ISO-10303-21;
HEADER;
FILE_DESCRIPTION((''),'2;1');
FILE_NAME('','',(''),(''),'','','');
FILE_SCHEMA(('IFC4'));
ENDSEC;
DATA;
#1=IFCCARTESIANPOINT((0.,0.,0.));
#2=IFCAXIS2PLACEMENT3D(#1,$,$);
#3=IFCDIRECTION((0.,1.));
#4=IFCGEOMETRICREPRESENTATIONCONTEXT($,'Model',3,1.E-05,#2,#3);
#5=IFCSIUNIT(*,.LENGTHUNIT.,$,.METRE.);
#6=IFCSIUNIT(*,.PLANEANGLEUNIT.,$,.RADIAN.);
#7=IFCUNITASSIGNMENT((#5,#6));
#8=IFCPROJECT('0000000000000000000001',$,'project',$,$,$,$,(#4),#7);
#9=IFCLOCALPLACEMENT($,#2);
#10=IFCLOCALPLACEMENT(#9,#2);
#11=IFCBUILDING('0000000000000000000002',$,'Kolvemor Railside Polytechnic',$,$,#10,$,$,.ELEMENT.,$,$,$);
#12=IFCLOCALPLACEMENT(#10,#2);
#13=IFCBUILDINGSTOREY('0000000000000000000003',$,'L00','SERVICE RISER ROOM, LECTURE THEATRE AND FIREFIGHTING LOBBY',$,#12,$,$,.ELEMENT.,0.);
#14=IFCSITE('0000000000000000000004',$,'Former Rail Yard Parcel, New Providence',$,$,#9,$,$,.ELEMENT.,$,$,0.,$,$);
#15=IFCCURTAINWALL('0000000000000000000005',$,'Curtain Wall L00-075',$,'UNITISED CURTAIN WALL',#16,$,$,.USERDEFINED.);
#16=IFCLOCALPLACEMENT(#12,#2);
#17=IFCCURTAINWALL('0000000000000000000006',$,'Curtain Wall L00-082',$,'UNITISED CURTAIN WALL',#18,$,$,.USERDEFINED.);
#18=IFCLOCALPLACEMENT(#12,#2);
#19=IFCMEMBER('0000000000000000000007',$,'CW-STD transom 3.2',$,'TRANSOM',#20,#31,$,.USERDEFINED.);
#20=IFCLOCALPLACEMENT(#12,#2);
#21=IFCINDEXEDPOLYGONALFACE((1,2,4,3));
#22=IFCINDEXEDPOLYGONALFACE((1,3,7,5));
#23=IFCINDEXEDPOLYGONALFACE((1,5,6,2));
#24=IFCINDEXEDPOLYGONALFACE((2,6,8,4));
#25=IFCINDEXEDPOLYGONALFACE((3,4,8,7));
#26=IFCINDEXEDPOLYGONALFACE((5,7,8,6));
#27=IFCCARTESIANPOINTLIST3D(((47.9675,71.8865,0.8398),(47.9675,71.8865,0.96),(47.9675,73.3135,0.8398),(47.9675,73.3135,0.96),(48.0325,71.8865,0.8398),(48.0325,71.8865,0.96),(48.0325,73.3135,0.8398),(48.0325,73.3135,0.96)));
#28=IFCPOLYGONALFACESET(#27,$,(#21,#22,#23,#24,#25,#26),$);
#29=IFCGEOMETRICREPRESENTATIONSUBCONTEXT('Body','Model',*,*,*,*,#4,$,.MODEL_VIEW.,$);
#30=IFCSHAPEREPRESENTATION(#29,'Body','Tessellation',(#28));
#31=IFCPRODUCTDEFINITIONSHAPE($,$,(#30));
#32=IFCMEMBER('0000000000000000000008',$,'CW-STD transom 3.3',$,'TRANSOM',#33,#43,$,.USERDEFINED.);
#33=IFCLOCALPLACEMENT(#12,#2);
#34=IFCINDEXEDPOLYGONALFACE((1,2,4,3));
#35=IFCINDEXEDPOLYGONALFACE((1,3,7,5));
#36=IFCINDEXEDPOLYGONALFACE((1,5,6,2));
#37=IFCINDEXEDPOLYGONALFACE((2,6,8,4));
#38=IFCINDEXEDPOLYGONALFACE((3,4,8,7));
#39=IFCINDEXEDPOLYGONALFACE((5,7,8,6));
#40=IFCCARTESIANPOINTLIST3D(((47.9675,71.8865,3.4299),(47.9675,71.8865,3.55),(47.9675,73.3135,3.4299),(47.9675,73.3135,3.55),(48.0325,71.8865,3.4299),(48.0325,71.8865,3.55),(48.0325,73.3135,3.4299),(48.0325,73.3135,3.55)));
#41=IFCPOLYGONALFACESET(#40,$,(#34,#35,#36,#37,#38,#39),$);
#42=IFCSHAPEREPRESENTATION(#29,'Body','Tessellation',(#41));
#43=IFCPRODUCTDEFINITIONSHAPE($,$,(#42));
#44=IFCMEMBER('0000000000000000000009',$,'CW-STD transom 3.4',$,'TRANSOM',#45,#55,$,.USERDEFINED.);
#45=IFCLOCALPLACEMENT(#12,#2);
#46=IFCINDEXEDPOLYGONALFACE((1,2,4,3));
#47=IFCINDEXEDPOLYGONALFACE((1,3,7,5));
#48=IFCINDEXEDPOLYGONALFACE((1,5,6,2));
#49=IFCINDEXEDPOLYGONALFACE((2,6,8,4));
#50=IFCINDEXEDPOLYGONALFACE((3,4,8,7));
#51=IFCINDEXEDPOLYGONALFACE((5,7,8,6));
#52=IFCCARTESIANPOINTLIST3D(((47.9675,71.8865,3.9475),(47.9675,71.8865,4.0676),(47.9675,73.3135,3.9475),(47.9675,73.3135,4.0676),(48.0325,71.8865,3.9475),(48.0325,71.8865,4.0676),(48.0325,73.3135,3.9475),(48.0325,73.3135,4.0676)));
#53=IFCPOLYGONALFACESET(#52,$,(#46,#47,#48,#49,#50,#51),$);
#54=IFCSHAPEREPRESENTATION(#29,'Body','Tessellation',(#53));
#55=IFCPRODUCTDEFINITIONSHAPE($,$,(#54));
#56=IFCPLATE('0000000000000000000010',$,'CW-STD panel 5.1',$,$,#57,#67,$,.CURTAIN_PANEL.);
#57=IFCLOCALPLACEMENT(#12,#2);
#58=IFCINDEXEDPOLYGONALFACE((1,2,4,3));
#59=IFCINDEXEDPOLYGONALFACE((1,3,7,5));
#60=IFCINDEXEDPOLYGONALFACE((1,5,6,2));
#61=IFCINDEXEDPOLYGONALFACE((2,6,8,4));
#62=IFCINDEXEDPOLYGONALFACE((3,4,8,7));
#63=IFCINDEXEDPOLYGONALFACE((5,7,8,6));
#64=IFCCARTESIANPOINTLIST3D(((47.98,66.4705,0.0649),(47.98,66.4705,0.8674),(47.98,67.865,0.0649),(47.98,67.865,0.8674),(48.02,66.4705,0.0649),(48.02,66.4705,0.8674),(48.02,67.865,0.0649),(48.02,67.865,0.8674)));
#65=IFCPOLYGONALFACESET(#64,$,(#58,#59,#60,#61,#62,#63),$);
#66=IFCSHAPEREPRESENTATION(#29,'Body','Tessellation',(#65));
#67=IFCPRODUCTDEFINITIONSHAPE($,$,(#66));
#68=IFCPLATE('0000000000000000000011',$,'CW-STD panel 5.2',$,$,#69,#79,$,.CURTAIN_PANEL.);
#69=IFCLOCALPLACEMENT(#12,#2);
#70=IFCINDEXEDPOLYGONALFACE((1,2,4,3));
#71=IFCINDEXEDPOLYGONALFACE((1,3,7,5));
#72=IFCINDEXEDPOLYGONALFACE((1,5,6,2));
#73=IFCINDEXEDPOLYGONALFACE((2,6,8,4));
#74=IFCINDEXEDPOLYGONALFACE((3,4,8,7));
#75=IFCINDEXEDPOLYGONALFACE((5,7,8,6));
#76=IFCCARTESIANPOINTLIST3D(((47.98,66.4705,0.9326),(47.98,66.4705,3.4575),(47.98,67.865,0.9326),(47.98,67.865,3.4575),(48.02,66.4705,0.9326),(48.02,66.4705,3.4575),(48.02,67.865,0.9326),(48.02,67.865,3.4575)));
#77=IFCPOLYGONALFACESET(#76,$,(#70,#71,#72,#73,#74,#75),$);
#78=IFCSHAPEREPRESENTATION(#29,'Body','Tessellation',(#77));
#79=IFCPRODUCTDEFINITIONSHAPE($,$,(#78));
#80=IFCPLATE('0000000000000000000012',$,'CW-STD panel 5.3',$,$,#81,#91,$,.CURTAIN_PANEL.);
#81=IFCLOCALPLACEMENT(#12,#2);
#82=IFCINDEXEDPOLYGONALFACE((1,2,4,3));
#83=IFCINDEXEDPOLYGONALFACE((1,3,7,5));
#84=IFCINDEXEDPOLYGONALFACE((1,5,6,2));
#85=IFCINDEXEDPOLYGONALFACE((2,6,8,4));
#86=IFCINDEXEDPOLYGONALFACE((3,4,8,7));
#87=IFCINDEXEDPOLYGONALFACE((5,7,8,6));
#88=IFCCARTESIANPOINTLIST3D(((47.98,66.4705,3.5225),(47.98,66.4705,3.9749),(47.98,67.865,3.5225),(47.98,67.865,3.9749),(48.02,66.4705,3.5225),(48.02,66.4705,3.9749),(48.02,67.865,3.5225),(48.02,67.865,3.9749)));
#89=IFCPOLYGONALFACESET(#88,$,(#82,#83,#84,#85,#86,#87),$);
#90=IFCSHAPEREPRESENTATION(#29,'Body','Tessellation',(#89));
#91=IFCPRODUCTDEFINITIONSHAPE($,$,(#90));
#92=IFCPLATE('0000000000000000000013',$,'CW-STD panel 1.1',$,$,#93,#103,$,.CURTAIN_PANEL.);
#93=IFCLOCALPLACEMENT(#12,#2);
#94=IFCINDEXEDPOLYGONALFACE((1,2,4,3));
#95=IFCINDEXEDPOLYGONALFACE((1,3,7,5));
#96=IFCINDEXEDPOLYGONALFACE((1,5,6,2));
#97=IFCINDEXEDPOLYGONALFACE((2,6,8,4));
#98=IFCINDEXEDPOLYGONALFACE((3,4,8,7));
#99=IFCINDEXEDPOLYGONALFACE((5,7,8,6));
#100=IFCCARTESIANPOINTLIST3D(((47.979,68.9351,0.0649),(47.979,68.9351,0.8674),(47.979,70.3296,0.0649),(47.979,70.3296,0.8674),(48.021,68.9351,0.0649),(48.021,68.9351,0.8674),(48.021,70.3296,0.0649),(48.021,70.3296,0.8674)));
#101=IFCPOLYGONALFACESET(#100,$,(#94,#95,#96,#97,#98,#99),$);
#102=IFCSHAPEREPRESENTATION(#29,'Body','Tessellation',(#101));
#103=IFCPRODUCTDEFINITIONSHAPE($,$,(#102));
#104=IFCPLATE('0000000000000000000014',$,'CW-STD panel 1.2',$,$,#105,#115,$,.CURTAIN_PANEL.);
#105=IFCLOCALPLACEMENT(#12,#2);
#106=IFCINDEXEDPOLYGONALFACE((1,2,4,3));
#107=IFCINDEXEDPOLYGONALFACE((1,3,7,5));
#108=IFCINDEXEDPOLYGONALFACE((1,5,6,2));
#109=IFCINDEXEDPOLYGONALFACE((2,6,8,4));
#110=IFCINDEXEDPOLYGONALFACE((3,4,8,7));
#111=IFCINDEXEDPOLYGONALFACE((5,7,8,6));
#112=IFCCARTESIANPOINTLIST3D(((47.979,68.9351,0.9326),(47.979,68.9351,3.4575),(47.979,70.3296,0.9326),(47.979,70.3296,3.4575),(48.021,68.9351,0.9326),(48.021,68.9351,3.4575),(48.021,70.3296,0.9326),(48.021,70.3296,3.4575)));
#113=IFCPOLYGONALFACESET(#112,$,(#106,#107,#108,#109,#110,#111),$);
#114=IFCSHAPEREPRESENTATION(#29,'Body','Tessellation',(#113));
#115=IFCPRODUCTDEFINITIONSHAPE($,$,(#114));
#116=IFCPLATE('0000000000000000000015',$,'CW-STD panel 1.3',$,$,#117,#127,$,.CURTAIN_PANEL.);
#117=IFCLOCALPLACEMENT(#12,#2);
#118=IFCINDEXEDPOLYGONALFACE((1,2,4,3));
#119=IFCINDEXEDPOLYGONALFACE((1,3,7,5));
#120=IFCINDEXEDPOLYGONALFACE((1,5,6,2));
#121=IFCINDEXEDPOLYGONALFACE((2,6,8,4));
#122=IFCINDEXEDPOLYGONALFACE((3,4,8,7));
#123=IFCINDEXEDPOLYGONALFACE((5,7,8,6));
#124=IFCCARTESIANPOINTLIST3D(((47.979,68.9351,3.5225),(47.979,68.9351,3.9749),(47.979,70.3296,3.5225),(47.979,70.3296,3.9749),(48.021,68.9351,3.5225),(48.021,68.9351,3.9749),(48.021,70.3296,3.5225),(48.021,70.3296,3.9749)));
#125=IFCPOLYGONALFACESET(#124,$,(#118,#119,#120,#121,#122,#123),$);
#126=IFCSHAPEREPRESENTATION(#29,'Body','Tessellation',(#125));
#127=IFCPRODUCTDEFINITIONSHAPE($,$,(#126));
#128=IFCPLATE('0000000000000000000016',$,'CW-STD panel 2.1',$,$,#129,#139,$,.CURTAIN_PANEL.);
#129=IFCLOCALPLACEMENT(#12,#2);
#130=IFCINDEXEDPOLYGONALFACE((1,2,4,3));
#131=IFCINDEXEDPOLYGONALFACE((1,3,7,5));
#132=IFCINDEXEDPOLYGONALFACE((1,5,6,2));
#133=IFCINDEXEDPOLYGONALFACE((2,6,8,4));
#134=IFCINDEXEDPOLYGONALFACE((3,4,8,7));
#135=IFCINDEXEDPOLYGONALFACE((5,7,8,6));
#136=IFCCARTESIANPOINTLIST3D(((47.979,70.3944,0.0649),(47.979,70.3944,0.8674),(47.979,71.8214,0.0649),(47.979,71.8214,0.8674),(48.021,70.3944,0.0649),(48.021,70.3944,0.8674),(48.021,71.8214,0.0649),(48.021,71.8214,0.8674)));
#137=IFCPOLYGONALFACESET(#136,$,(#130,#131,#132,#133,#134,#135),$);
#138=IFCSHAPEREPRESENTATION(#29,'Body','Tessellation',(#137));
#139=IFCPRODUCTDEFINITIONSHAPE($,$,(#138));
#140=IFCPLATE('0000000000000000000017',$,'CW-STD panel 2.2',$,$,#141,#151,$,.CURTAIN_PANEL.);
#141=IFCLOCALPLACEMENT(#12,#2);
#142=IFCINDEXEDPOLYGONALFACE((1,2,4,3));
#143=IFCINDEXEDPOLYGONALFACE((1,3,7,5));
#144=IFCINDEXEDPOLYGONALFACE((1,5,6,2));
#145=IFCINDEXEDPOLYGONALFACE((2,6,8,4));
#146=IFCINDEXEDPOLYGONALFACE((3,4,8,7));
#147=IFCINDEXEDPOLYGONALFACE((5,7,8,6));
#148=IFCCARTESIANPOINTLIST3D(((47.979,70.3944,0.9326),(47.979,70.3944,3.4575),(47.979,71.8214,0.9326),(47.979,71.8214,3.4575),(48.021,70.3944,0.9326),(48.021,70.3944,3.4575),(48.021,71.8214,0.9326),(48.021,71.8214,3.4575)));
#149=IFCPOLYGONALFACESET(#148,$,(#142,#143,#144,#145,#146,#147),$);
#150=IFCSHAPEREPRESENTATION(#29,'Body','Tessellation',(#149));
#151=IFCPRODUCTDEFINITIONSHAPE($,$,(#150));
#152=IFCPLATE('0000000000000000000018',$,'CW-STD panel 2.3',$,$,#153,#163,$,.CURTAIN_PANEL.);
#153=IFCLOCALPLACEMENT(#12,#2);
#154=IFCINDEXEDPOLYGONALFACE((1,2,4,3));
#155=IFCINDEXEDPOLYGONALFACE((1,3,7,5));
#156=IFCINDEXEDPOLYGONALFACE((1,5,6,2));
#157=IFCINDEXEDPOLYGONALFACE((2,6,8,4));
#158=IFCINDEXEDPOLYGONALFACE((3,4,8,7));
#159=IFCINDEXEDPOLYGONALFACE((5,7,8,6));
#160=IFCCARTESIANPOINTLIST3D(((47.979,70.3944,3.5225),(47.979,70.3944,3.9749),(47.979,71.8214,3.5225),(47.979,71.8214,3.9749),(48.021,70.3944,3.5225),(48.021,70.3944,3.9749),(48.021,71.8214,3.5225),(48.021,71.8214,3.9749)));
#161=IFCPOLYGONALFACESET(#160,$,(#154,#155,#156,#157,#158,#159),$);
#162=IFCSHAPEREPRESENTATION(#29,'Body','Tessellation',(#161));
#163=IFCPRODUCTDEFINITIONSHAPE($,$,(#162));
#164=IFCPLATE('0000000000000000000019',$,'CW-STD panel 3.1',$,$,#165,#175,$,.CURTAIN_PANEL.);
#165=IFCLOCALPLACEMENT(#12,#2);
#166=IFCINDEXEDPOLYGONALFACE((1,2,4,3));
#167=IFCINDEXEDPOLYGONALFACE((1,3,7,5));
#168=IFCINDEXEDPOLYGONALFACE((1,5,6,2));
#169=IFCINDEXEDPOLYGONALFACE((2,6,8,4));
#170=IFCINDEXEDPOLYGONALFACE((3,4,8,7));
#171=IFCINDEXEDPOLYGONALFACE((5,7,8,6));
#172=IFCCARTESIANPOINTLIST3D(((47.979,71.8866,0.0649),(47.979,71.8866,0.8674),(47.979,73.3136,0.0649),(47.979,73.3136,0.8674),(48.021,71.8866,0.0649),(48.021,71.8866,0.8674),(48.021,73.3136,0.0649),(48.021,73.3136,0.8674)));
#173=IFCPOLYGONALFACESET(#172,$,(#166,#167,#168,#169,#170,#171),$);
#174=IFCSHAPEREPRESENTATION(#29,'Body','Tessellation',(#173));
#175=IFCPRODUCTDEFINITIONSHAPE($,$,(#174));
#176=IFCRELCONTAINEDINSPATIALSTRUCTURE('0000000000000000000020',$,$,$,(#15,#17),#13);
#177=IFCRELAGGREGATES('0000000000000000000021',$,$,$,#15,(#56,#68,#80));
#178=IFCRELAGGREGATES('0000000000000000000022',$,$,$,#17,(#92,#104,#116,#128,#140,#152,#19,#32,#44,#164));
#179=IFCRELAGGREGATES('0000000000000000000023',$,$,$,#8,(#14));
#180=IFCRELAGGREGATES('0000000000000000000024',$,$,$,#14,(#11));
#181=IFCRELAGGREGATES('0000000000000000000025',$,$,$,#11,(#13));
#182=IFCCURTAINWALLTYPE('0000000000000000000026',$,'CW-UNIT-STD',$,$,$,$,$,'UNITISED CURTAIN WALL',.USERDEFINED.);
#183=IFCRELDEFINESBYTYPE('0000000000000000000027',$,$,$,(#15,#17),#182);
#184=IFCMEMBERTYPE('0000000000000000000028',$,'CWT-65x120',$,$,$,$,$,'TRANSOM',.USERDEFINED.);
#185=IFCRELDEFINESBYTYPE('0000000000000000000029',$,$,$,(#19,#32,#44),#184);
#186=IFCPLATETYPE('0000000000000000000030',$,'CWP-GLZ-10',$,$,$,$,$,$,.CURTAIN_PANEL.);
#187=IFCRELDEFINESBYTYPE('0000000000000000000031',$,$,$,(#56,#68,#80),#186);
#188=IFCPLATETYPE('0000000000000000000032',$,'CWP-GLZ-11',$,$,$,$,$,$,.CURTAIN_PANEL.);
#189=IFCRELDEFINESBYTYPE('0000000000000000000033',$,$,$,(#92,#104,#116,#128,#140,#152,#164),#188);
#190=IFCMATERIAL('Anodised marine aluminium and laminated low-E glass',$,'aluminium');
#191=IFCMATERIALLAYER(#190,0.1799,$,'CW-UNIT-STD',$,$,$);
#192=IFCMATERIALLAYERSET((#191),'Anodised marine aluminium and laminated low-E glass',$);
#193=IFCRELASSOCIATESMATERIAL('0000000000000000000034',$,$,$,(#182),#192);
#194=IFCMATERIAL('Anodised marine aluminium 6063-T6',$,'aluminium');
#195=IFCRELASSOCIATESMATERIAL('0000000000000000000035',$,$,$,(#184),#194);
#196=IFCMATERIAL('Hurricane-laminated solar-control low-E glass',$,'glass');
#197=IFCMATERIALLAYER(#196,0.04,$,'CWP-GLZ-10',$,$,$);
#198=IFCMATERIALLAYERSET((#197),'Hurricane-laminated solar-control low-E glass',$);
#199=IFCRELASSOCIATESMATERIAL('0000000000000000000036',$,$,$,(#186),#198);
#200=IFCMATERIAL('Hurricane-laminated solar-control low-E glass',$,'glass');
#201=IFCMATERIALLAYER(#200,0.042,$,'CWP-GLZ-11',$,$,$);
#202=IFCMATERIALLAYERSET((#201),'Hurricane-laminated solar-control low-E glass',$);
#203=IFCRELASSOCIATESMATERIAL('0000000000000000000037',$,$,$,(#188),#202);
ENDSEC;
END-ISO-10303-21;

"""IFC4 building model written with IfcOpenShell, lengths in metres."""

from ifc_helpers import new_model, si_unit, direction, frame, origin, origin_2d, place, context, subcontext, project, spatial, rectangle, extrude, material, layer, layer_set, material_profile, profile_set, type_object, element, aggregate, save


model = new_model("IFC4")

# Units and contexts
model_context = context("Model", 3, precision=1e-05, world=origin(), true_north=direction((0.0, 1.0)))
body_context = subcontext(model_context, "Body", "Model", "MODEL_VIEW")
ifc_project = project(units=[si_unit("LENGTHUNIT", "METRE"), si_unit("PLANEANGLEUNIT", "RADIAN")], contexts=[model_context])

# Site, building, storey
site_placement = place(None, origin())
site = spatial("IfcSite", under=ifc_project, at=site_placement, Name="Former Rail Yard Parcel, New Providence", CompositionType="ELEMENT", RefElevation=0.0)
building_placement = place(site_placement, origin())
building = spatial("IfcBuilding", under=site, at=building_placement, Name="Kolvemor Railside Polytechnic", CompositionType="ELEMENT")
storey_placement = place(building_placement, origin())
storey = spatial("IfcBuildingStorey", under=building, at=storey_placement, Name="L00", Description="SERVICE RISER ROOM, LECTURE THEATRE AND FIREFIGHTING LOBBY", CompositionType="ELEMENT", Elevation=0.0)

# Curtain wall
ifc_material_1 = material(Name="Anodised marine aluminium and laminated low-E glass", Category="aluminium")
ifc_layer_1 = layer(ifc_material_1, 0.1799, Name="CW-UNIT-STD")
ifc_layer_set_1 = layer_set([ifc_layer_1], Name="Anodised marine aluminium and laminated low-E glass")
curtain_wall_type = type_object("IfcCurtainWallType", Name="CW-UNIT-STD", ElementType="UNITISED CURTAIN WALL", PredefinedType="USERDEFINED", material=ifc_layer_set_1)
curtain_wall_1_placement = place(storey_placement, origin())
curtain_wall_1 = element("IfcCurtainWall", 1, at=curtain_wall_1_placement, inside=storey, type_object=curtain_wall_type, Name="Curtain Wall L00-075", ObjectType="UNITISED CURTAIN WALL", PredefinedType="USERDEFINED")

# Curtain wall, members
curtain_wall_2_placement = place(storey_placement, origin())
curtain_wall_2 = element("IfcCurtainWall", 2, at=curtain_wall_2_placement, inside=storey, type_object=curtain_wall_type, Name="Curtain Wall L00-082", ObjectType="UNITISED CURTAIN WALL", PredefinedType="USERDEFINED")
ifc_material_2 = material(Name="Anodised marine aluminium 6063-T6", Category="aluminium")
ifc_material_profile_1 = material_profile(ifc_material_2, rectangle(XDim=0.0649, YDim=0.1201, at=origin_2d()), Name="CW-TRN-65x120")
ifc_profile_set_1 = profile_set([ifc_material_profile_1], Name="Anodised marine aluminium 6063-T6")
member_type_1 = type_object("IfcMemberType", Name="CWT-65x120", ElementType="TRANSOM", PredefinedType="USERDEFINED", material=ifc_profile_set_1)
member_1_placement = place(storey_placement, frame((48.0, 71.8865, 0.8999), z_axis=(0.0, 1.0, 0.0), x_axis=(-1.0, 0.0, 0.0)))
member_1 = element("IfcMember", 3, at=member_1_placement, type_object=member_type_1, Name="CW-STD transom 3.2", ObjectType="TRANSOM", PredefinedType="USERDEFINED", context=body_context, shape_type="SweptSolid", body=[
    extrude(rectangle(XDim=0.0649, YDim=0.1201, at=origin_2d()), origin(), (0.0, 0.0, 1.0), 1.427),
])
member_2_placement = place(storey_placement, frame((48.0, 71.8865, 3.49), z_axis=(0.0, 1.0, 0.0), x_axis=(-1.0, 0.0, 0.0)))
member_2 = element("IfcMember", 4, at=member_2_placement, type_object=member_type_1, Name="CW-STD transom 3.3", ObjectType="TRANSOM", PredefinedType="USERDEFINED", context=body_context, shape_type="SweptSolid", body=[
    extrude(rectangle(XDim=0.0649, YDim=0.1201, at=origin_2d()), origin(), (0.0, 0.0, 1.0), 1.427),
])
member_3_placement = place(storey_placement, frame((48.0, 71.8865, 4.0076), z_axis=(0.0, 1.0, 0.0), x_axis=(-1.0, 0.0, 0.0)))
member_3 = element("IfcMember", 5, at=member_3_placement, type_object=member_type_1, Name="CW-STD transom 3.4", ObjectType="TRANSOM", PredefinedType="USERDEFINED", context=body_context, shape_type="SweptSolid", body=[
    extrude(rectangle(XDim=0.0649, YDim=0.1201, at=origin_2d()), origin(), (0.0, 0.0, 1.0), 1.427),
])

# Plates
ifc_material_3 = material(Name="Hurricane-laminated solar-control low-E glass", Category="glass")
ifc_layer_2 = layer(ifc_material_3, 0.04, Name="CWP-GLZ-10")
ifc_layer_set_2 = layer_set([ifc_layer_2], Name="Hurricane-laminated solar-control low-E glass")
plate_type_1 = type_object("IfcPlateType", Name="CWP-GLZ-10", PredefinedType="CURTAIN_PANEL", material=ifc_layer_set_2)
plate_1_placement = place(storey_placement, frame((48.0, 67.1677, 0.0649), z_axis=(0.0, 0.0, 1.0), x_axis=(0.0, 1.0, 0.0)))
plate_1 = element("IfcPlate", 6, at=plate_1_placement, type_object=plate_type_1, Name="CW-STD panel 5.1", PredefinedType="CURTAIN_PANEL", context=body_context, shape_type="SweptSolid", body=[
    extrude(rectangle(XDim=1.3945, YDim=0.04, at=origin_2d()), origin(), (0.0, 0.0, 1.0), 0.8025),
])
plate_2_placement = place(storey_placement, frame((48.0, 67.1677, 0.9326), z_axis=(0.0, 0.0, 1.0), x_axis=(0.0, 1.0, 0.0)))
plate_2 = element("IfcPlate", 7, at=plate_2_placement, type_object=plate_type_1, Name="CW-STD panel 5.2", PredefinedType="CURTAIN_PANEL", context=body_context, shape_type="SweptSolid", body=[
    extrude(rectangle(XDim=1.3945, YDim=0.04, at=origin_2d()), origin(), (0.0, 0.0, 1.0), 2.5249),
])
plate_3_placement = place(storey_placement, frame((48.0, 67.1677, 3.5225), z_axis=(0.0, 0.0, 1.0), x_axis=(0.0, 1.0, 0.0)))
plate_3 = element("IfcPlate", 8, at=plate_3_placement, type_object=plate_type_1, Name="CW-STD panel 5.3", PredefinedType="CURTAIN_PANEL", context=body_context, shape_type="SweptSolid", body=[
    extrude(rectangle(XDim=1.3945, YDim=0.04, at=origin_2d()), origin(), (0.0, 0.0, 1.0), 0.4524),
])
aggregate(curtain_wall_1, [plate_1, plate_2, plate_3])
ifc_material_4 = material(Name="Hurricane-laminated solar-control low-E glass", Category="glass")
ifc_layer_3 = layer(ifc_material_4, 0.042, Name="CWP-GLZ-11")
ifc_layer_set_3 = layer_set([ifc_layer_3], Name="Hurricane-laminated solar-control low-E glass")
plate_type_2 = type_object("IfcPlateType", Name="CWP-GLZ-11", PredefinedType="CURTAIN_PANEL", material=ifc_layer_set_3)
plate_4_placement = place(storey_placement, frame((48.0, 69.6323, 0.0649), z_axis=(0.0, 0.0, 1.0), x_axis=(0.0, 1.0, 0.0)))
plate_4 = element("IfcPlate", 9, at=plate_4_placement, type_object=plate_type_2, Name="CW-STD panel 1.1", PredefinedType="CURTAIN_PANEL", context=body_context, shape_type="SweptSolid", body=[
    extrude(rectangle(XDim=1.3945, YDim=0.042, at=origin_2d()), origin(), (0.0, 0.0, 1.0), 0.8025),
])
plate_5_placement = place(storey_placement, frame((48.0, 69.6323, 0.9326), z_axis=(0.0, 0.0, 1.0), x_axis=(0.0, 1.0, 0.0)))
plate_5 = element("IfcPlate", 10, at=plate_5_placement, type_object=plate_type_2, Name="CW-STD panel 1.2", PredefinedType="CURTAIN_PANEL", context=body_context, shape_type="SweptSolid", body=[
    extrude(rectangle(XDim=1.3945, YDim=0.042, at=origin_2d()), origin(), (0.0, 0.0, 1.0), 2.5249),
])
plate_6_placement = place(storey_placement, frame((48.0, 69.6323, 3.5225), z_axis=(0.0, 0.0, 1.0), x_axis=(0.0, 1.0, 0.0)))
plate_6 = element("IfcPlate", 11, at=plate_6_placement, type_object=plate_type_2, Name="CW-STD panel 1.3", PredefinedType="CURTAIN_PANEL", context=body_context, shape_type="SweptSolid", body=[
    extrude(rectangle(XDim=1.3945, YDim=0.042, at=origin_2d()), origin(), (0.0, 0.0, 1.0), 0.4524),
])
plate_7_placement = place(storey_placement, frame((48.0, 71.1079, 0.0649), z_axis=(0.0, 0.0, 1.0), x_axis=(0.0, 1.0, 0.0)))
plate_7 = element("IfcPlate", 12, at=plate_7_placement, type_object=plate_type_2, Name="CW-STD panel 2.1", PredefinedType="CURTAIN_PANEL", context=body_context, shape_type="SweptSolid", body=[
    extrude(rectangle(XDim=1.427, YDim=0.042, at=origin_2d()), origin(), (0.0, 0.0, 1.0), 0.8025),
])
plate_8_placement = place(storey_placement, frame((48.0, 71.1079, 0.9326), z_axis=(0.0, 0.0, 1.0), x_axis=(0.0, 1.0, 0.0)))
plate_8 = element("IfcPlate", 13, at=plate_8_placement, type_object=plate_type_2, Name="CW-STD panel 2.2", PredefinedType="CURTAIN_PANEL", context=body_context, shape_type="SweptSolid", body=[
    extrude(rectangle(XDim=1.427, YDim=0.042, at=origin_2d()), origin(), (0.0, 0.0, 1.0), 2.5249),
])
plate_9_placement = place(storey_placement, frame((48.0, 71.1079, 3.5225), z_axis=(0.0, 0.0, 1.0), x_axis=(0.0, 1.0, 0.0)))
plate_9 = element("IfcPlate", 14, at=plate_9_placement, type_object=plate_type_2, Name="CW-STD panel 2.3", PredefinedType="CURTAIN_PANEL", context=body_context, shape_type="SweptSolid", body=[
    extrude(rectangle(XDim=1.427, YDim=0.042, at=origin_2d()), origin(), (0.0, 0.0, 1.0), 0.4524),
])
plate_10_placement = place(storey_placement, frame((48.0, 72.6001, 0.0649), z_axis=(0.0, 0.0, 1.0), x_axis=(0.0, 1.0, 0.0)))
plate_10 = element("IfcPlate", 15, at=plate_10_placement, type_object=plate_type_2, Name="CW-STD panel 3.1", PredefinedType="CURTAIN_PANEL", context=body_context, shape_type="SweptSolid", body=[
    extrude(rectangle(XDim=1.427, YDim=0.042, at=origin_2d()), origin(), (0.0, 0.0, 1.0), 0.8025),
])
aggregate(curtain_wall_2, [plate_4, plate_5, plate_6, plate_7, plate_8, plate_9, member_1, member_2, member_3, plate_10])

save(model, "model.ifc")
